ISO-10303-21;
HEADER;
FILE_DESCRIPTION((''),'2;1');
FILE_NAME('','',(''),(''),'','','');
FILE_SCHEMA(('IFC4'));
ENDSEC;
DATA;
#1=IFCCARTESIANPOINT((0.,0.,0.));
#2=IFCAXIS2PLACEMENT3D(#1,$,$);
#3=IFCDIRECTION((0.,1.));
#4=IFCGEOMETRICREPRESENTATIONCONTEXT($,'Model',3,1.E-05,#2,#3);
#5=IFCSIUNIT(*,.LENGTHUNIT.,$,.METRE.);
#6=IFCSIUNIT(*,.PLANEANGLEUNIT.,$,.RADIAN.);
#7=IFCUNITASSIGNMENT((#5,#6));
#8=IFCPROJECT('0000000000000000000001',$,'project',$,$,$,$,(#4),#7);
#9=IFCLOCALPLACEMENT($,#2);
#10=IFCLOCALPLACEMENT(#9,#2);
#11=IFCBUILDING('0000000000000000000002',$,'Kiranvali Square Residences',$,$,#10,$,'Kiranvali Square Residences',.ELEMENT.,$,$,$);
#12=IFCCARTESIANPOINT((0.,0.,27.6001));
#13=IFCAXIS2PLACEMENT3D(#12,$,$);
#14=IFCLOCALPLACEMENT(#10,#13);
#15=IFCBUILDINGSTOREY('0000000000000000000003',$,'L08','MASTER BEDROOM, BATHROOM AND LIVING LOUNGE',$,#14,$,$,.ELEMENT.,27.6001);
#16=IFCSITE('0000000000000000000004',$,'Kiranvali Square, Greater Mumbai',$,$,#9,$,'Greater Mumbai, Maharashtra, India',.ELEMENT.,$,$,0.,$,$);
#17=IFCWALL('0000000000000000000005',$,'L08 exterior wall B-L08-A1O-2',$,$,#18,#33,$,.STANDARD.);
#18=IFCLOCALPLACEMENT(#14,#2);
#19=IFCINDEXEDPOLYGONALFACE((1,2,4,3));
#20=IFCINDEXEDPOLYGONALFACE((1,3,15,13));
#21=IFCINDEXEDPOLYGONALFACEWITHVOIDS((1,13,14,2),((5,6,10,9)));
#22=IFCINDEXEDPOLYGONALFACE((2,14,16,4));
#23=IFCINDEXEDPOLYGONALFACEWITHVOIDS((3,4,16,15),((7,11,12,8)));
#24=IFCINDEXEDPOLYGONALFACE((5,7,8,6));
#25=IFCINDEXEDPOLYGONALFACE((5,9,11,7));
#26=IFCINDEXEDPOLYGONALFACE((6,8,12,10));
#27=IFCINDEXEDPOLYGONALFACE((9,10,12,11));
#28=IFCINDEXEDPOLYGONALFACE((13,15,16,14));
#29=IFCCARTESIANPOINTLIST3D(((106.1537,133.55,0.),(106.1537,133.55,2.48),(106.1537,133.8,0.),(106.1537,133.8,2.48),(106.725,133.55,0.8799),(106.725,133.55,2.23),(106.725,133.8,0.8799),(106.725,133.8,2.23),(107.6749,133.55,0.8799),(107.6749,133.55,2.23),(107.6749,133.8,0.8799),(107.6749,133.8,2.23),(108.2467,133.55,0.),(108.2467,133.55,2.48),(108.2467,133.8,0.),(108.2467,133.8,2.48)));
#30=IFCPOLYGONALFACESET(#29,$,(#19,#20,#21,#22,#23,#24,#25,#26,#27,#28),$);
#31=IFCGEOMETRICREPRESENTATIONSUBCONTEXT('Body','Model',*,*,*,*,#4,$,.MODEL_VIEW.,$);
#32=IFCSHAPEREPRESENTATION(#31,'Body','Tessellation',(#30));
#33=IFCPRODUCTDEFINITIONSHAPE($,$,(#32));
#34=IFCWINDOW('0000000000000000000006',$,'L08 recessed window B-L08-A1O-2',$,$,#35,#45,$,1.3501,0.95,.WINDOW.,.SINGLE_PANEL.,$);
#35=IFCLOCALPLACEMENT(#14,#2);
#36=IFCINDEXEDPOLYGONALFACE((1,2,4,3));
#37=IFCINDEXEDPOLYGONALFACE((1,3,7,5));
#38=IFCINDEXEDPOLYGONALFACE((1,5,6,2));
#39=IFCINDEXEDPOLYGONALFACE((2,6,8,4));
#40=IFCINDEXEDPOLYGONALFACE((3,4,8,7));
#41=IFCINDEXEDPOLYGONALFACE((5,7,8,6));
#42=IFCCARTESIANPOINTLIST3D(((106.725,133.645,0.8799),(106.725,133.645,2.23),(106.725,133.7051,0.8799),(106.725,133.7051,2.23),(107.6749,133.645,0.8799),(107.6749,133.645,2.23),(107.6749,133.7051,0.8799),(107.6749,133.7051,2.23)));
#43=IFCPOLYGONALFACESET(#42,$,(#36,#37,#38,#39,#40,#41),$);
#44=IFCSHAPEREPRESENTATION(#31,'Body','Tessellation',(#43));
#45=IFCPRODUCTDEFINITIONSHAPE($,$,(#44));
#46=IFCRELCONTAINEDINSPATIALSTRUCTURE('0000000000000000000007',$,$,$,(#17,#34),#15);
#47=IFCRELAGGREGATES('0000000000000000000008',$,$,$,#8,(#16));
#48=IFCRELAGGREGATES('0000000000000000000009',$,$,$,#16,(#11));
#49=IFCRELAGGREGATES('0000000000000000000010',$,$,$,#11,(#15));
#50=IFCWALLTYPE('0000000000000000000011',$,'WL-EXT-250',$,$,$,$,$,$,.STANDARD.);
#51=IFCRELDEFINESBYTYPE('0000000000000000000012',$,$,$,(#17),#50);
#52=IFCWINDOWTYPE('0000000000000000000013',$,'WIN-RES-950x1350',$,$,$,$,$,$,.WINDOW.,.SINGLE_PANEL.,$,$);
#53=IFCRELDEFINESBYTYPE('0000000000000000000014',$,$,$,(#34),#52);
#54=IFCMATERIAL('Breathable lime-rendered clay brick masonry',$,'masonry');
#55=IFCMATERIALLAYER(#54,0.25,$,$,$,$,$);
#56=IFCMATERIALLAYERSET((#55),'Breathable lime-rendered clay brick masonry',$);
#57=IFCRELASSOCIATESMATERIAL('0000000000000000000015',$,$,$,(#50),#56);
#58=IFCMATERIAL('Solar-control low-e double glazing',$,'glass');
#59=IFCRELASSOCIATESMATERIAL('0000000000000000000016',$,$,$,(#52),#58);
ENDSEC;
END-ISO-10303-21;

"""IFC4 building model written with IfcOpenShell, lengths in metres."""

from ifc_helpers import new_model, si_unit, direction, frame, frame_2d, origin, place, context, subcontext, project, spatial, rectangle, extrude, material, layer, layer_set, type_object, element, fill, save


model = new_model("IFC4")

# Units and contexts
model_context = context("Model", 3, precision=1e-05, world=origin(), true_north=direction((0.0, 1.0)))
body_context = subcontext(model_context, "Body", "Model", "MODEL_VIEW")
ifc_project = project(units=[si_unit("LENGTHUNIT", "METRE"), si_unit("PLANEANGLEUNIT", "RADIAN")], contexts=[model_context])

# Site, building, storey
site_placement = place(None, origin())
site = spatial("IfcSite", under=ifc_project, at=site_placement, Name="Kiranvali Square, Greater Mumbai", LongName="Greater Mumbai, Maharashtra, India", CompositionType="ELEMENT", RefElevation=0.0)
building_placement = place(site_placement, origin())
building = spatial("IfcBuilding", under=site, at=building_placement, Name="Kiranvali Square Residences", LongName="Kiranvali Square Residences", CompositionType="ELEMENT")
storey_placement = place(building_placement, frame((0.0, 0.0, 27.6001)))
storey = spatial("IfcBuildingStorey", under=building, at=storey_placement, Name="L08", Description="MASTER BEDROOM, BATHROOM AND LIVING LOUNGE", CompositionType="ELEMENT", Elevation=27.6001)

# Wall, opening, window
ifc_material_1 = material(Name="Breathable lime-rendered clay brick masonry", Category="masonry")
ifc_layer = layer(ifc_material_1, 0.25)
ifc_layer_set = layer_set([ifc_layer], Name="Breathable lime-rendered clay brick masonry")
wall_type = type_object("IfcWallType", Name="WL-EXT-250", PredefinedType="STANDARD", material=ifc_layer_set)
wall_placement = place(storey_placement, frame((108.2466, 133.675, 0.0), z_axis=(0.0, 0.0, 1.0), x_axis=(-1.0, 0.0, 0.0)))
wall = element("IfcWall", 1, at=wall_placement, inside=storey, type_object=wall_type, Name="L08 exterior wall B-L08-A1O-2", PredefinedType="STANDARD", context=body_context, shape_type="SweptSolid", body=[
    extrude(rectangle(XDim=2.093, YDim=0.25, at=frame_2d((1.0464, 0.0))), origin(), (0.0, 0.0, 1.0), 2.48),
])
opening_placement = place(wall_placement, frame((0.5715, 0.0, 0.8799)))
opening = element("IfcOpeningElement", 2, at=opening_placement, cuts=wall, PredefinedType="OPENING", context=body_context, shape_type="SweptSolid", body=[
    extrude(rectangle(XDim=0.95, YDim=1.3501, at=frame_2d((0.4751, 0.675))), frame((0.0, 0.135, 0.0), z_axis=(0.0, -1.0, 0.0), x_axis=(1.0, 0.0, 0.0)), (0.0, 0.0, 1.0), 0.27),
])
ifc_material_2 = material(Name="Solar-control low-e double glazing", Category="glass")
window_type = type_object("IfcWindowType", Name="WIN-RES-950x1350", PartitioningType="SINGLE_PANEL", PredefinedType="WINDOW", material=ifc_material_2)
window_placement = place(opening_placement, origin())
window = element("IfcWindow", 3, at=window_placement, inside=storey, type_object=window_type, Name="L08 recessed window B-L08-A1O-2", OverallHeight=1.3501, OverallWidth=0.95, PartitioningType="SINGLE_PANEL", PredefinedType="WINDOW", context=body_context, shape_type="SweptSolid", body=[
    extrude(rectangle(XDim=0.95, YDim=1.3501, at=frame_2d((0.4751, 0.675))), frame((0.0, 0.03, 0.0), z_axis=(0.0, -1.0, 0.0), x_axis=(1.0, 0.0, 0.0)), (0.0, 0.0, 1.0), 0.0601),
])
fill(opening, window)

save(model, "model.ifc")
